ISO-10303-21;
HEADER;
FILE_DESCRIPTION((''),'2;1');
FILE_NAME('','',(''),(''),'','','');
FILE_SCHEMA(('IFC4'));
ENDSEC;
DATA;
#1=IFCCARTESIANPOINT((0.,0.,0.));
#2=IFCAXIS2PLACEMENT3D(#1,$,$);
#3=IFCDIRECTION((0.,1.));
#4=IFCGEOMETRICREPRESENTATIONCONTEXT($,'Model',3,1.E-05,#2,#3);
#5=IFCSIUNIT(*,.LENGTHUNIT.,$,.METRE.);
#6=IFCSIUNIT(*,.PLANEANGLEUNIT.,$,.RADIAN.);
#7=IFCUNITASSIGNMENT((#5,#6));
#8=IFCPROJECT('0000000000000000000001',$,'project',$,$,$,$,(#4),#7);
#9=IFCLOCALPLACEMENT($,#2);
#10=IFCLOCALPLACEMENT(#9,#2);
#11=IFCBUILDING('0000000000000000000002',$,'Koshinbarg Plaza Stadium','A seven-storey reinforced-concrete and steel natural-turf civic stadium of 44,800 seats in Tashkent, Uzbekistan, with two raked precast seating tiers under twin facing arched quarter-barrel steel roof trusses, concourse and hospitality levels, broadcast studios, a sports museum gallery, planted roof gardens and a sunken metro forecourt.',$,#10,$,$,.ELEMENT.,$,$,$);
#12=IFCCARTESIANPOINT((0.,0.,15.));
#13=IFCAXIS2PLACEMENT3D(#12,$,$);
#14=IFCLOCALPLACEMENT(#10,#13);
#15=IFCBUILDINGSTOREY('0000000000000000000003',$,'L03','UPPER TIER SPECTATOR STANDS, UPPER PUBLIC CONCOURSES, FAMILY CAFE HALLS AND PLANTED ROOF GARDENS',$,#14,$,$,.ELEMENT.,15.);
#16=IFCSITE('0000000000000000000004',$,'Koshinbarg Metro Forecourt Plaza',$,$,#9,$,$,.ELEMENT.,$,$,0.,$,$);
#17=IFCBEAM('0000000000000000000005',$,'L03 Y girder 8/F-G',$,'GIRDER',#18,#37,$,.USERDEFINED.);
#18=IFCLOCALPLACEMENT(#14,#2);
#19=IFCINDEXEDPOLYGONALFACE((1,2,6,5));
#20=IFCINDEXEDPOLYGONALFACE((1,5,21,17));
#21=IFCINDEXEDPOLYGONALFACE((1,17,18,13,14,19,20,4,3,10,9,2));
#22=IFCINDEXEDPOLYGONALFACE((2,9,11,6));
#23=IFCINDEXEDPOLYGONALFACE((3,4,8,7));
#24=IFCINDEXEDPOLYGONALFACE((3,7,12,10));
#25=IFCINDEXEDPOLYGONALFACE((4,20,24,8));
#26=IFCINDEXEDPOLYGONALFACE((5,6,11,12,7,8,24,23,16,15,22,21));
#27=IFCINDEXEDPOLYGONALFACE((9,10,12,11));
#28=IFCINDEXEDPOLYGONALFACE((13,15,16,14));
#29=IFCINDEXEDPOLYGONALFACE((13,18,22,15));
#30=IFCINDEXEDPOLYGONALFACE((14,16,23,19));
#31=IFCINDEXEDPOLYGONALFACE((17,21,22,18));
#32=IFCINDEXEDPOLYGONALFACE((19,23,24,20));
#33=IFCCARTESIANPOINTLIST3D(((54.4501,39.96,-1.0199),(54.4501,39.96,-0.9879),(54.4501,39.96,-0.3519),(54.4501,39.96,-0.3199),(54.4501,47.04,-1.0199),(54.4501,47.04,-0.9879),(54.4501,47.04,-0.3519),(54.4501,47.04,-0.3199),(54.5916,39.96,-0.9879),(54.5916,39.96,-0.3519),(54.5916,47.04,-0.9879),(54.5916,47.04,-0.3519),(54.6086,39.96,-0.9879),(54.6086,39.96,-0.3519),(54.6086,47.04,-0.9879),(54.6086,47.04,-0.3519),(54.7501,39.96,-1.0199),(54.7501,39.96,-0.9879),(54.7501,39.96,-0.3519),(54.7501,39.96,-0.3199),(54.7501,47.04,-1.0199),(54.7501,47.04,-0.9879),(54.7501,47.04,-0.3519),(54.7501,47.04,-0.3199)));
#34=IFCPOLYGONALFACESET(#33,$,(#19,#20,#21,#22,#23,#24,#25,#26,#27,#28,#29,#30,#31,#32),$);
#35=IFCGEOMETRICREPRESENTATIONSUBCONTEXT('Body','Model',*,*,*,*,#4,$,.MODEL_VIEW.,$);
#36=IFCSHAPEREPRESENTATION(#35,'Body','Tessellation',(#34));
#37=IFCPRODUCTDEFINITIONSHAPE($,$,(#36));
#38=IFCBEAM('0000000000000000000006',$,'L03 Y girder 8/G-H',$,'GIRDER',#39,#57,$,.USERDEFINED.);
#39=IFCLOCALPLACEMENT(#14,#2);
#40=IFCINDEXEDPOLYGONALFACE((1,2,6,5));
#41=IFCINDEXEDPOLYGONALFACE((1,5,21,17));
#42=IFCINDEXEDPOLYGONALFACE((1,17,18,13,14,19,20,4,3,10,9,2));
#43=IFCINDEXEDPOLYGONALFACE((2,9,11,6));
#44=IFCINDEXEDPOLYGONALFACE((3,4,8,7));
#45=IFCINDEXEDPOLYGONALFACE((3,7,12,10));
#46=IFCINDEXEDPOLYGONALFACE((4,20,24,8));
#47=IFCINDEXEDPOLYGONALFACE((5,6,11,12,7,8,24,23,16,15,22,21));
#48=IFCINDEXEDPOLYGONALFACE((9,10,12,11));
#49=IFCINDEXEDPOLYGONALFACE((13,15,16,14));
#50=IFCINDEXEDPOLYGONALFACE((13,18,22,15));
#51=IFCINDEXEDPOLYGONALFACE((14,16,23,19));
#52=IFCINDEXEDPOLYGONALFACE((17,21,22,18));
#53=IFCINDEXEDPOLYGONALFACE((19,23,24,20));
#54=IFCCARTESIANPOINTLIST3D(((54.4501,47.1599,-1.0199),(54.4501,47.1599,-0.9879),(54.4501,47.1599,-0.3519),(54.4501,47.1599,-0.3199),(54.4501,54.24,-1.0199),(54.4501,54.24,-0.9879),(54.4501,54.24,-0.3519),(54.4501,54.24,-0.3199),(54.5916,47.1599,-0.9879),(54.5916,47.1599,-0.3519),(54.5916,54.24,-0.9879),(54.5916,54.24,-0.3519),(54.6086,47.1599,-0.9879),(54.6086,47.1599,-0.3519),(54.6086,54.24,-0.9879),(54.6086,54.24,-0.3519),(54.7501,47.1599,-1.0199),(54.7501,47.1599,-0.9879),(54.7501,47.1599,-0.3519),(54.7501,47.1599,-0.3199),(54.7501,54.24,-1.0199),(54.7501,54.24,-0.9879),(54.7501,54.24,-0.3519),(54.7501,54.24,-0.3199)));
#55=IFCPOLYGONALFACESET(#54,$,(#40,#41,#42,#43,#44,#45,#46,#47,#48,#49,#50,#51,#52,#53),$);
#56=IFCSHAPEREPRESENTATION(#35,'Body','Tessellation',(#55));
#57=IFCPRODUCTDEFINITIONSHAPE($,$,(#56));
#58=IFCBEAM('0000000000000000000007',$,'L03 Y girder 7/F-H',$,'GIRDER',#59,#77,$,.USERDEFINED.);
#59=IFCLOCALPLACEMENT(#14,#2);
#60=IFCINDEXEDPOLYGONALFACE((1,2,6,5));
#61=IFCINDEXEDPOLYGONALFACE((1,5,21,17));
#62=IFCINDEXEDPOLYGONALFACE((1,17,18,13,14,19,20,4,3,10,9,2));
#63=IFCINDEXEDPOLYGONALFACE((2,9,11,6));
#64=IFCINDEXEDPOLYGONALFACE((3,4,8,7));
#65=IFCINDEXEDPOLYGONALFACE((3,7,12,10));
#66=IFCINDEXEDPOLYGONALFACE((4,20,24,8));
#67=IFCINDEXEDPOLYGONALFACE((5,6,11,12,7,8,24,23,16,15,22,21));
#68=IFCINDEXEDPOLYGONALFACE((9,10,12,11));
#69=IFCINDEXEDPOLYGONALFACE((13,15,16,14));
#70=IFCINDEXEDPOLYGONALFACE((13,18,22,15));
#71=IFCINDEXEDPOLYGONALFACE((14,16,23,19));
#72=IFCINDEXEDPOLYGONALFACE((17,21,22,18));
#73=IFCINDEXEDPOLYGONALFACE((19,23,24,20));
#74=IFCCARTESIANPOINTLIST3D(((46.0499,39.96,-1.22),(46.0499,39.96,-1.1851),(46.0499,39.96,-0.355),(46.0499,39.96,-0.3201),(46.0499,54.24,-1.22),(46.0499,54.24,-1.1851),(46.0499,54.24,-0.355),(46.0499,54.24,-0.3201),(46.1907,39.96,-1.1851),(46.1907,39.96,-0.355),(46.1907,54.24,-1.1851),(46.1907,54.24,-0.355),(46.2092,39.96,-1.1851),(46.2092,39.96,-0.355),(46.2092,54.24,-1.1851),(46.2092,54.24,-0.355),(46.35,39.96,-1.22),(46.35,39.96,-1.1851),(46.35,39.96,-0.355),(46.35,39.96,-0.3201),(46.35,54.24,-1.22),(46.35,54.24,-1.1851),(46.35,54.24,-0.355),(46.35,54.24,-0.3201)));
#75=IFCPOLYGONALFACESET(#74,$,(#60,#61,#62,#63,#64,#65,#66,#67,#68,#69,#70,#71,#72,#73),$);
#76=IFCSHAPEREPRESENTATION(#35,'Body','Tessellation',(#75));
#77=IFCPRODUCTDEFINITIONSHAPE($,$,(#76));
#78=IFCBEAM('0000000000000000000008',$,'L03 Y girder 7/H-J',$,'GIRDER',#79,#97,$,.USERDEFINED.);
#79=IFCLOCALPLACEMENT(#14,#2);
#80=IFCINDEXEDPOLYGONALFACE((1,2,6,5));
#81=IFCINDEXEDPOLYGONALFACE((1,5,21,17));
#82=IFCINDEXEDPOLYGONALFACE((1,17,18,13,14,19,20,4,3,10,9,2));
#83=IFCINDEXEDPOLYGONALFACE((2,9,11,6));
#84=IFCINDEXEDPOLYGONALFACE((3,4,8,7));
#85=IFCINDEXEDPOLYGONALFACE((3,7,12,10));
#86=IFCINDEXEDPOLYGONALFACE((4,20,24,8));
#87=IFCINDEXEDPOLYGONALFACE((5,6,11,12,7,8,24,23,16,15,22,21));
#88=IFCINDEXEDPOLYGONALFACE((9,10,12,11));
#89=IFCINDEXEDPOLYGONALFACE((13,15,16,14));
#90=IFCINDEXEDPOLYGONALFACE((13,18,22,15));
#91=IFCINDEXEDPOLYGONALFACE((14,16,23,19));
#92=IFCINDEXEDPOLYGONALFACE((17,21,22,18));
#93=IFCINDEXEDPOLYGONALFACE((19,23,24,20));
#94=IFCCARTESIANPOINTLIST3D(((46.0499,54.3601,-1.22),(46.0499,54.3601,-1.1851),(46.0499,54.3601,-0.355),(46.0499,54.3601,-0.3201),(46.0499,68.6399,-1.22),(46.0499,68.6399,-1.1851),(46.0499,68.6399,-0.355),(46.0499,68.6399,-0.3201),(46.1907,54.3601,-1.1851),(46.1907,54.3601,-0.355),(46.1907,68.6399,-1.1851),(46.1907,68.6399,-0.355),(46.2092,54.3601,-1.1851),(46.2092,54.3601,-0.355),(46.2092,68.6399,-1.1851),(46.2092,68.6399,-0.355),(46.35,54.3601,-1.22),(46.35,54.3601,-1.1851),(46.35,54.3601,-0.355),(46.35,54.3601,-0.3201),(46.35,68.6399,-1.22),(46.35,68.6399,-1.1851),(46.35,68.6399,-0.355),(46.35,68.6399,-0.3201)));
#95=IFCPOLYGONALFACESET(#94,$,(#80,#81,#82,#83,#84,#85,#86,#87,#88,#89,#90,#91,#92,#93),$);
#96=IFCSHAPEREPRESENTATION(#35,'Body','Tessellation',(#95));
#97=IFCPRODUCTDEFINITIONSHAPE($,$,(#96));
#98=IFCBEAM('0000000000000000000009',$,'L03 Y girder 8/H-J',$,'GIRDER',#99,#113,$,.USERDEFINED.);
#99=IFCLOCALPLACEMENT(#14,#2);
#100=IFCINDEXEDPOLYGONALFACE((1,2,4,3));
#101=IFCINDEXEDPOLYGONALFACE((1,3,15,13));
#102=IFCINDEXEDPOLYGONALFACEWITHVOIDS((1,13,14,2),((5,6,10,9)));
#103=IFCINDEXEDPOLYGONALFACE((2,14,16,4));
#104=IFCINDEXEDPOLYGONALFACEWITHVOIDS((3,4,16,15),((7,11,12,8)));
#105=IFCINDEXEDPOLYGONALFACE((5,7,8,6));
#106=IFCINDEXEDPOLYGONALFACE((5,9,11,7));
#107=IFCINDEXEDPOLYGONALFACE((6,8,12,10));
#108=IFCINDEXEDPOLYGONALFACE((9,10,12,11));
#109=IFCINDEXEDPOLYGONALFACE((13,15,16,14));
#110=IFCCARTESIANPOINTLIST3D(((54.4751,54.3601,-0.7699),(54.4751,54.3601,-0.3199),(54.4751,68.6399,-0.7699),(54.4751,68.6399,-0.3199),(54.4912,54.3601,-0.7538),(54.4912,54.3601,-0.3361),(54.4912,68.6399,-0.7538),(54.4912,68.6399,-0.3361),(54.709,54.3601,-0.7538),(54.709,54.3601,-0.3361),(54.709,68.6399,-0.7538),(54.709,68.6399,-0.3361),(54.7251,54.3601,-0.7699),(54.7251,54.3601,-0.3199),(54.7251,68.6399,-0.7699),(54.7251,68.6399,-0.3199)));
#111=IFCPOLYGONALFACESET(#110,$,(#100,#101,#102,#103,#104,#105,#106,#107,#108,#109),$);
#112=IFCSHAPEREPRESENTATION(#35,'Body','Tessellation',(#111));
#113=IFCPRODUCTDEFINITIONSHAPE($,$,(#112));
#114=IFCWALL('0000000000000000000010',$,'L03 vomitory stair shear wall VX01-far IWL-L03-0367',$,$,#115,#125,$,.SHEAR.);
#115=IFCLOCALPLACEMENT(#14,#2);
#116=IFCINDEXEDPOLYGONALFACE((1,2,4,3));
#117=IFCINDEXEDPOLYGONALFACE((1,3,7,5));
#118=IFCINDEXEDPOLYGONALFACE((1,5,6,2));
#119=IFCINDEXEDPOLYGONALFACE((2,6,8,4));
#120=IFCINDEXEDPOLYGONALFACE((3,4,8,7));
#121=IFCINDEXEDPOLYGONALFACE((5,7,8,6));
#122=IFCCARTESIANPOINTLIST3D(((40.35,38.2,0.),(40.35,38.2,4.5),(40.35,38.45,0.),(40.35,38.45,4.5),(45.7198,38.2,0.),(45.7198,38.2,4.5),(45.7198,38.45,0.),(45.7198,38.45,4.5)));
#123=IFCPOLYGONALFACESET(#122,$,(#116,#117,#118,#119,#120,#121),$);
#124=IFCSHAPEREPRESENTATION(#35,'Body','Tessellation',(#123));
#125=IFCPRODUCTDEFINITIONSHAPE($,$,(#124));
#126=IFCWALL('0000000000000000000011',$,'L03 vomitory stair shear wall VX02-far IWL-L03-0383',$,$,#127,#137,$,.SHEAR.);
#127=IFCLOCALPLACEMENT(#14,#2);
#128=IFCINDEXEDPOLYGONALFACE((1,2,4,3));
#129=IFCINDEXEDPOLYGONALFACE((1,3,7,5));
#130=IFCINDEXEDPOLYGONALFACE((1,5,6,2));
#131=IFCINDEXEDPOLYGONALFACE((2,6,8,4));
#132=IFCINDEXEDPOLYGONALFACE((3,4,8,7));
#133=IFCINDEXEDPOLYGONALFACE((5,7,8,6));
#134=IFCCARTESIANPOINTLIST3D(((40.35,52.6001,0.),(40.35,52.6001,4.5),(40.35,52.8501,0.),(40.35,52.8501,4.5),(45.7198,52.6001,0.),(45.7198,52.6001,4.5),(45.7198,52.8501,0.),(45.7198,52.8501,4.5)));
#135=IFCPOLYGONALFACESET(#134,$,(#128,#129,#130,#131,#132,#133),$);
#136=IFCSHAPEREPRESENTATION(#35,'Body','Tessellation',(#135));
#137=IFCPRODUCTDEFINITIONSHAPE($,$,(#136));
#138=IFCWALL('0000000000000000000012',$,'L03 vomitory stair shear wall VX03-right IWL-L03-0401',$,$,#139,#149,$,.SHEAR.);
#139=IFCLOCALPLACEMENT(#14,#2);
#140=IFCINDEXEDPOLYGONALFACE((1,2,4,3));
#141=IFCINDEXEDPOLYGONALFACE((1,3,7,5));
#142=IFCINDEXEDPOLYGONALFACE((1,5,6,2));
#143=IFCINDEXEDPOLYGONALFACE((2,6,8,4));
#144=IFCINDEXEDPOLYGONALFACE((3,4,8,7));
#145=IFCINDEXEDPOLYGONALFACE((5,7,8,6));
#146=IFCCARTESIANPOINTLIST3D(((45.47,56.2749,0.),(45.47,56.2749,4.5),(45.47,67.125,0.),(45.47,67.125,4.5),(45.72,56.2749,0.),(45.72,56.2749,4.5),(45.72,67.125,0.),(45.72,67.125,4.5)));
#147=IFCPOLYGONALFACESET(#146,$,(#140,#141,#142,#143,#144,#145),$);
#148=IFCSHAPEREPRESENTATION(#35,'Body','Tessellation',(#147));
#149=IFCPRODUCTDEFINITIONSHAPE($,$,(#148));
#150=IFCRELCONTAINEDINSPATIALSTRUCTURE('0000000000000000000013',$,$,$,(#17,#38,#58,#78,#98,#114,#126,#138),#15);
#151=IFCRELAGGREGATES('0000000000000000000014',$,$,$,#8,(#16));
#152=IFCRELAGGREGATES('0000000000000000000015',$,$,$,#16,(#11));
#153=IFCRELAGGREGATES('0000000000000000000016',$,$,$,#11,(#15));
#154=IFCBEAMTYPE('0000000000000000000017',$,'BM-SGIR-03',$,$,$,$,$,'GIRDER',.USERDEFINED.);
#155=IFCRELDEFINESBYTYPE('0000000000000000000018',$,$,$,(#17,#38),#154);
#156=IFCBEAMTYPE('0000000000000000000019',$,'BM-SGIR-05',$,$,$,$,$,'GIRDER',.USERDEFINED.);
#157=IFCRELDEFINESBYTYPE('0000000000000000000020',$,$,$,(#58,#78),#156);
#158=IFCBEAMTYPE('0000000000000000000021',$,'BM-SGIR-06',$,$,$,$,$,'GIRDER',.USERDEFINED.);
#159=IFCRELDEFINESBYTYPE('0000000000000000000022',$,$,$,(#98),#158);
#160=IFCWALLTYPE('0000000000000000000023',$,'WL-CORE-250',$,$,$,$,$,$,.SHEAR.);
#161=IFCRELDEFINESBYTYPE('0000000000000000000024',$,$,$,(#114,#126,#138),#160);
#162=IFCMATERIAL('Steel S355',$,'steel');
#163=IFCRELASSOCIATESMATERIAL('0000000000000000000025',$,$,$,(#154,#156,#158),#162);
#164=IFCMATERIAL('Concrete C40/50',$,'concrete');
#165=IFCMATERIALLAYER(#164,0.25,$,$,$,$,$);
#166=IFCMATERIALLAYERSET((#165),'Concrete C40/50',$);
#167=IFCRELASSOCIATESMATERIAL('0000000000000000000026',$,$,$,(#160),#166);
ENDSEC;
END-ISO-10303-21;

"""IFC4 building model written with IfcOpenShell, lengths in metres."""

from ifc_helpers import new_model, si_unit, direction, frame, frame_2d, origin, origin_2d, place, context, subcontext, project, spatial, rectangle, hollow_rectangle, i_section, extrude, material, layer, layer_set, material_profile, profile_set, type_object, element, save


model = new_model("IFC4")

# Units and contexts
model_context = context("Model", 3, precision=1e-05, world=origin(), true_north=direction((0.0, 1.0)))
body_context = subcontext(model_context, "Body", "Model", "MODEL_VIEW")
ifc_project = project(units=[si_unit("LENGTHUNIT", "METRE"), si_unit("PLANEANGLEUNIT", "RADIAN")], contexts=[model_context])

# Site, building, storey
site_placement = place(None, origin())
site = spatial("IfcSite", under=ifc_project, at=site_placement, Name="Koshinbarg Metro Forecourt Plaza", CompositionType="ELEMENT", RefElevation=0.0)
building_placement = place(site_placement, origin())
building = spatial("IfcBuilding", under=site, at=building_placement, Name="Koshinbarg Plaza Stadium", Description="A seven-storey reinforced-concrete and steel natural-turf civic stadium of 44,800 seats in Tashkent, Uzbekistan, with two raked precast seating tiers under twin facing arched quarter-barrel steel roof trusses, concourse and hospitality levels, broadcast studios, a sports museum gallery, planted roof gardens and a sunken metro forecourt.", CompositionType="ELEMENT")
storey_placement = place(building_placement, frame((0.0, 0.0, 15.0)))
storey = spatial("IfcBuildingStorey", under=building, at=storey_placement, Name="L03", Description="UPPER TIER SPECTATOR STANDS, UPPER PUBLIC CONCOURSES, FAMILY CAFE HALLS AND PLANTED ROOF GARDENS", CompositionType="ELEMENT", Elevation=15.0)

# Shared definitions
ifc_material_1 = material(Name="Concrete C40/50", Category="concrete")
ifc_material_2 = material(Name="Steel S355", Category="steel")

# Beams
ifc_material_profile_1 = material_profile(ifc_material_2, i_section(OverallWidth=0.3, OverallDepth=0.7, WebThickness=0.0171, FlangeThickness=0.032, at=origin_2d()), Name="HEB 700")
ifc_profile_set_1 = profile_set([ifc_material_profile_1], Name="Steel S355")
beam_type_1 = type_object("IfcBeamType", Name="BM-SGIR-03", ElementType="GIRDER", PredefinedType="USERDEFINED", material=ifc_profile_set_1)
for number, where, z_axis, x_axis, name in (
    (1, (54.6001, 39.96, -0.6699), (0.0, 1.0, 0.0), (-1.0, 0.0, 0.0), "L03 Y girder 8/F-G"),
    (2, (54.6001, 47.1599, -0.6699), (0.0, 1.0, 0.0), (-1.0, 0.0, 0.0), "L03 Y girder 8/G-H"),
):
    element("IfcBeam", number, at=place(storey_placement, frame(where, z_axis=z_axis, x_axis=x_axis)), inside=storey, type_object=beam_type_1, Name=name, ObjectType="GIRDER", PredefinedType="USERDEFINED", context=body_context, shape_type="SweptSolid", body=[
        extrude(i_section(OverallWidth=0.3, OverallDepth=0.7, WebThickness=0.0171, FlangeThickness=0.032, at=origin_2d()), origin(), (0.0, 0.0, 1.0), 7.0801),
    ])
ifc_material_profile_2 = material_profile(ifc_material_2, i_section(OverallWidth=0.3, OverallDepth=0.8999, WebThickness=0.0186, FlangeThickness=0.0349, at=origin_2d()), Name="HEB 900")
ifc_profile_set_2 = profile_set([ifc_material_profile_2], Name="Steel S355")
beam_type_2 = type_object("IfcBeamType", Name="BM-SGIR-05", ElementType="GIRDER", PredefinedType="USERDEFINED", material=ifc_profile_set_2)
beam_1_placement = place(storey_placement, frame((46.2, 39.96, -0.77), z_axis=(0.0, 1.0, 0.0), x_axis=(-1.0, 0.0, 0.0)))
element("IfcBeam", 3, at=beam_1_placement, inside=storey, type_object=beam_type_2, Name="L03 Y girder 7/F-H", ObjectType="GIRDER", PredefinedType="USERDEFINED", context=body_context, shape_type="SweptSolid", body=[
    extrude(i_section(OverallWidth=0.3, OverallDepth=0.8999, WebThickness=0.0186, FlangeThickness=0.0349, at=origin_2d()), origin(), (0.0, 0.0, 1.0), 14.28),
])
beam_2_placement = place(storey_placement, frame((46.2, 54.3601, -0.77), z_axis=(0.0, 1.0, 0.0), x_axis=(-1.0, 0.0, 0.0)))
element("IfcBeam", 4, at=beam_2_placement, inside=storey, type_object=beam_type_2, Name="L03 Y girder 7/H-J", ObjectType="GIRDER", PredefinedType="USERDEFINED", context=body_context, shape_type="SweptSolid", body=[
    extrude(i_section(OverallWidth=0.3, OverallDepth=0.8999, WebThickness=0.0186, FlangeThickness=0.0349, at=origin_2d()), origin(), (0.0, 0.0, 1.0), 14.2798),
])
ifc_material_profile_3 = material_profile(ifc_material_2, hollow_rectangle(XDim=0.25, YDim=0.45, WallThickness=0.0161, at=origin_2d()), Name="RHS 450x250x16")
ifc_profile_set_3 = profile_set([ifc_material_profile_3], Name="Steel S355")
beam_type_3 = type_object("IfcBeamType", Name="BM-SGIR-06", ElementType="GIRDER", PredefinedType="USERDEFINED", material=ifc_profile_set_3)
beam_3_placement = place(storey_placement, frame((54.6001, 54.3601, -0.5449), z_axis=(0.0, 1.0, 0.0), x_axis=(-1.0, 0.0, 0.0)))
element("IfcBeam", 5, at=beam_3_placement, inside=storey, type_object=beam_type_3, Name="L03 Y girder 8/H-J", ObjectType="GIRDER", PredefinedType="USERDEFINED", context=body_context, shape_type="SweptSolid", body=[
    extrude(hollow_rectangle(XDim=0.25, YDim=0.45, WallThickness=0.0161, at=origin_2d()), origin(), (0.0, 0.0, 1.0), 14.2798),
])

# Walls
ifc_layer = layer(ifc_material_1, 0.25)
ifc_layer_set = layer_set([ifc_layer], Name="Concrete C40/50")
wall_type = type_object("IfcWallType", Name="WL-CORE-250", PredefinedType="SHEAR", material=ifc_layer_set)
for number, where, z_axis, x_axis, name in (
    (6, (45.72, 38.325, 0.0), (0.0, 0.0, 1.0), (-1.0, 0.0, 0.0), "L03 vomitory stair shear wall VX01-far IWL-L03-0367"),
    (7, (45.72, 52.7251, 0.0), (0.0, 0.0, 1.0), (-1.0, 0.0, 0.0), "L03 vomitory stair shear wall VX02-far IWL-L03-0383"),
):
    element("IfcWall", number, at=place(storey_placement, frame(where, z_axis=z_axis, x_axis=x_axis)), inside=storey, type_object=wall_type, Name=name, PredefinedType="SHEAR", context=body_context, shape_type="SweptSolid", body=[
        extrude(rectangle(XDim=5.3699, YDim=0.25, at=frame_2d((2.6851, 0.0))), origin(), (0.0, 0.0, 1.0), 4.5),
    ])
wall_placement = place(storey_placement, frame((45.595, 56.2749, 0.0), z_axis=(0.0, 0.0, 1.0), x_axis=(0.0, 1.0, 0.0)))
element("IfcWall", 8, at=wall_placement, inside=storey, type_object=wall_type, Name="L03 vomitory stair shear wall VX03-right IWL-L03-0401", PredefinedType="SHEAR", context=body_context, shape_type="SweptSolid", body=[
    extrude(rectangle(XDim=10.8501, YDim=0.25, at=frame_2d((5.425, 0.0))), origin(), (0.0, 0.0, 1.0), 4.5),
])

save(model, "model.ifc")
